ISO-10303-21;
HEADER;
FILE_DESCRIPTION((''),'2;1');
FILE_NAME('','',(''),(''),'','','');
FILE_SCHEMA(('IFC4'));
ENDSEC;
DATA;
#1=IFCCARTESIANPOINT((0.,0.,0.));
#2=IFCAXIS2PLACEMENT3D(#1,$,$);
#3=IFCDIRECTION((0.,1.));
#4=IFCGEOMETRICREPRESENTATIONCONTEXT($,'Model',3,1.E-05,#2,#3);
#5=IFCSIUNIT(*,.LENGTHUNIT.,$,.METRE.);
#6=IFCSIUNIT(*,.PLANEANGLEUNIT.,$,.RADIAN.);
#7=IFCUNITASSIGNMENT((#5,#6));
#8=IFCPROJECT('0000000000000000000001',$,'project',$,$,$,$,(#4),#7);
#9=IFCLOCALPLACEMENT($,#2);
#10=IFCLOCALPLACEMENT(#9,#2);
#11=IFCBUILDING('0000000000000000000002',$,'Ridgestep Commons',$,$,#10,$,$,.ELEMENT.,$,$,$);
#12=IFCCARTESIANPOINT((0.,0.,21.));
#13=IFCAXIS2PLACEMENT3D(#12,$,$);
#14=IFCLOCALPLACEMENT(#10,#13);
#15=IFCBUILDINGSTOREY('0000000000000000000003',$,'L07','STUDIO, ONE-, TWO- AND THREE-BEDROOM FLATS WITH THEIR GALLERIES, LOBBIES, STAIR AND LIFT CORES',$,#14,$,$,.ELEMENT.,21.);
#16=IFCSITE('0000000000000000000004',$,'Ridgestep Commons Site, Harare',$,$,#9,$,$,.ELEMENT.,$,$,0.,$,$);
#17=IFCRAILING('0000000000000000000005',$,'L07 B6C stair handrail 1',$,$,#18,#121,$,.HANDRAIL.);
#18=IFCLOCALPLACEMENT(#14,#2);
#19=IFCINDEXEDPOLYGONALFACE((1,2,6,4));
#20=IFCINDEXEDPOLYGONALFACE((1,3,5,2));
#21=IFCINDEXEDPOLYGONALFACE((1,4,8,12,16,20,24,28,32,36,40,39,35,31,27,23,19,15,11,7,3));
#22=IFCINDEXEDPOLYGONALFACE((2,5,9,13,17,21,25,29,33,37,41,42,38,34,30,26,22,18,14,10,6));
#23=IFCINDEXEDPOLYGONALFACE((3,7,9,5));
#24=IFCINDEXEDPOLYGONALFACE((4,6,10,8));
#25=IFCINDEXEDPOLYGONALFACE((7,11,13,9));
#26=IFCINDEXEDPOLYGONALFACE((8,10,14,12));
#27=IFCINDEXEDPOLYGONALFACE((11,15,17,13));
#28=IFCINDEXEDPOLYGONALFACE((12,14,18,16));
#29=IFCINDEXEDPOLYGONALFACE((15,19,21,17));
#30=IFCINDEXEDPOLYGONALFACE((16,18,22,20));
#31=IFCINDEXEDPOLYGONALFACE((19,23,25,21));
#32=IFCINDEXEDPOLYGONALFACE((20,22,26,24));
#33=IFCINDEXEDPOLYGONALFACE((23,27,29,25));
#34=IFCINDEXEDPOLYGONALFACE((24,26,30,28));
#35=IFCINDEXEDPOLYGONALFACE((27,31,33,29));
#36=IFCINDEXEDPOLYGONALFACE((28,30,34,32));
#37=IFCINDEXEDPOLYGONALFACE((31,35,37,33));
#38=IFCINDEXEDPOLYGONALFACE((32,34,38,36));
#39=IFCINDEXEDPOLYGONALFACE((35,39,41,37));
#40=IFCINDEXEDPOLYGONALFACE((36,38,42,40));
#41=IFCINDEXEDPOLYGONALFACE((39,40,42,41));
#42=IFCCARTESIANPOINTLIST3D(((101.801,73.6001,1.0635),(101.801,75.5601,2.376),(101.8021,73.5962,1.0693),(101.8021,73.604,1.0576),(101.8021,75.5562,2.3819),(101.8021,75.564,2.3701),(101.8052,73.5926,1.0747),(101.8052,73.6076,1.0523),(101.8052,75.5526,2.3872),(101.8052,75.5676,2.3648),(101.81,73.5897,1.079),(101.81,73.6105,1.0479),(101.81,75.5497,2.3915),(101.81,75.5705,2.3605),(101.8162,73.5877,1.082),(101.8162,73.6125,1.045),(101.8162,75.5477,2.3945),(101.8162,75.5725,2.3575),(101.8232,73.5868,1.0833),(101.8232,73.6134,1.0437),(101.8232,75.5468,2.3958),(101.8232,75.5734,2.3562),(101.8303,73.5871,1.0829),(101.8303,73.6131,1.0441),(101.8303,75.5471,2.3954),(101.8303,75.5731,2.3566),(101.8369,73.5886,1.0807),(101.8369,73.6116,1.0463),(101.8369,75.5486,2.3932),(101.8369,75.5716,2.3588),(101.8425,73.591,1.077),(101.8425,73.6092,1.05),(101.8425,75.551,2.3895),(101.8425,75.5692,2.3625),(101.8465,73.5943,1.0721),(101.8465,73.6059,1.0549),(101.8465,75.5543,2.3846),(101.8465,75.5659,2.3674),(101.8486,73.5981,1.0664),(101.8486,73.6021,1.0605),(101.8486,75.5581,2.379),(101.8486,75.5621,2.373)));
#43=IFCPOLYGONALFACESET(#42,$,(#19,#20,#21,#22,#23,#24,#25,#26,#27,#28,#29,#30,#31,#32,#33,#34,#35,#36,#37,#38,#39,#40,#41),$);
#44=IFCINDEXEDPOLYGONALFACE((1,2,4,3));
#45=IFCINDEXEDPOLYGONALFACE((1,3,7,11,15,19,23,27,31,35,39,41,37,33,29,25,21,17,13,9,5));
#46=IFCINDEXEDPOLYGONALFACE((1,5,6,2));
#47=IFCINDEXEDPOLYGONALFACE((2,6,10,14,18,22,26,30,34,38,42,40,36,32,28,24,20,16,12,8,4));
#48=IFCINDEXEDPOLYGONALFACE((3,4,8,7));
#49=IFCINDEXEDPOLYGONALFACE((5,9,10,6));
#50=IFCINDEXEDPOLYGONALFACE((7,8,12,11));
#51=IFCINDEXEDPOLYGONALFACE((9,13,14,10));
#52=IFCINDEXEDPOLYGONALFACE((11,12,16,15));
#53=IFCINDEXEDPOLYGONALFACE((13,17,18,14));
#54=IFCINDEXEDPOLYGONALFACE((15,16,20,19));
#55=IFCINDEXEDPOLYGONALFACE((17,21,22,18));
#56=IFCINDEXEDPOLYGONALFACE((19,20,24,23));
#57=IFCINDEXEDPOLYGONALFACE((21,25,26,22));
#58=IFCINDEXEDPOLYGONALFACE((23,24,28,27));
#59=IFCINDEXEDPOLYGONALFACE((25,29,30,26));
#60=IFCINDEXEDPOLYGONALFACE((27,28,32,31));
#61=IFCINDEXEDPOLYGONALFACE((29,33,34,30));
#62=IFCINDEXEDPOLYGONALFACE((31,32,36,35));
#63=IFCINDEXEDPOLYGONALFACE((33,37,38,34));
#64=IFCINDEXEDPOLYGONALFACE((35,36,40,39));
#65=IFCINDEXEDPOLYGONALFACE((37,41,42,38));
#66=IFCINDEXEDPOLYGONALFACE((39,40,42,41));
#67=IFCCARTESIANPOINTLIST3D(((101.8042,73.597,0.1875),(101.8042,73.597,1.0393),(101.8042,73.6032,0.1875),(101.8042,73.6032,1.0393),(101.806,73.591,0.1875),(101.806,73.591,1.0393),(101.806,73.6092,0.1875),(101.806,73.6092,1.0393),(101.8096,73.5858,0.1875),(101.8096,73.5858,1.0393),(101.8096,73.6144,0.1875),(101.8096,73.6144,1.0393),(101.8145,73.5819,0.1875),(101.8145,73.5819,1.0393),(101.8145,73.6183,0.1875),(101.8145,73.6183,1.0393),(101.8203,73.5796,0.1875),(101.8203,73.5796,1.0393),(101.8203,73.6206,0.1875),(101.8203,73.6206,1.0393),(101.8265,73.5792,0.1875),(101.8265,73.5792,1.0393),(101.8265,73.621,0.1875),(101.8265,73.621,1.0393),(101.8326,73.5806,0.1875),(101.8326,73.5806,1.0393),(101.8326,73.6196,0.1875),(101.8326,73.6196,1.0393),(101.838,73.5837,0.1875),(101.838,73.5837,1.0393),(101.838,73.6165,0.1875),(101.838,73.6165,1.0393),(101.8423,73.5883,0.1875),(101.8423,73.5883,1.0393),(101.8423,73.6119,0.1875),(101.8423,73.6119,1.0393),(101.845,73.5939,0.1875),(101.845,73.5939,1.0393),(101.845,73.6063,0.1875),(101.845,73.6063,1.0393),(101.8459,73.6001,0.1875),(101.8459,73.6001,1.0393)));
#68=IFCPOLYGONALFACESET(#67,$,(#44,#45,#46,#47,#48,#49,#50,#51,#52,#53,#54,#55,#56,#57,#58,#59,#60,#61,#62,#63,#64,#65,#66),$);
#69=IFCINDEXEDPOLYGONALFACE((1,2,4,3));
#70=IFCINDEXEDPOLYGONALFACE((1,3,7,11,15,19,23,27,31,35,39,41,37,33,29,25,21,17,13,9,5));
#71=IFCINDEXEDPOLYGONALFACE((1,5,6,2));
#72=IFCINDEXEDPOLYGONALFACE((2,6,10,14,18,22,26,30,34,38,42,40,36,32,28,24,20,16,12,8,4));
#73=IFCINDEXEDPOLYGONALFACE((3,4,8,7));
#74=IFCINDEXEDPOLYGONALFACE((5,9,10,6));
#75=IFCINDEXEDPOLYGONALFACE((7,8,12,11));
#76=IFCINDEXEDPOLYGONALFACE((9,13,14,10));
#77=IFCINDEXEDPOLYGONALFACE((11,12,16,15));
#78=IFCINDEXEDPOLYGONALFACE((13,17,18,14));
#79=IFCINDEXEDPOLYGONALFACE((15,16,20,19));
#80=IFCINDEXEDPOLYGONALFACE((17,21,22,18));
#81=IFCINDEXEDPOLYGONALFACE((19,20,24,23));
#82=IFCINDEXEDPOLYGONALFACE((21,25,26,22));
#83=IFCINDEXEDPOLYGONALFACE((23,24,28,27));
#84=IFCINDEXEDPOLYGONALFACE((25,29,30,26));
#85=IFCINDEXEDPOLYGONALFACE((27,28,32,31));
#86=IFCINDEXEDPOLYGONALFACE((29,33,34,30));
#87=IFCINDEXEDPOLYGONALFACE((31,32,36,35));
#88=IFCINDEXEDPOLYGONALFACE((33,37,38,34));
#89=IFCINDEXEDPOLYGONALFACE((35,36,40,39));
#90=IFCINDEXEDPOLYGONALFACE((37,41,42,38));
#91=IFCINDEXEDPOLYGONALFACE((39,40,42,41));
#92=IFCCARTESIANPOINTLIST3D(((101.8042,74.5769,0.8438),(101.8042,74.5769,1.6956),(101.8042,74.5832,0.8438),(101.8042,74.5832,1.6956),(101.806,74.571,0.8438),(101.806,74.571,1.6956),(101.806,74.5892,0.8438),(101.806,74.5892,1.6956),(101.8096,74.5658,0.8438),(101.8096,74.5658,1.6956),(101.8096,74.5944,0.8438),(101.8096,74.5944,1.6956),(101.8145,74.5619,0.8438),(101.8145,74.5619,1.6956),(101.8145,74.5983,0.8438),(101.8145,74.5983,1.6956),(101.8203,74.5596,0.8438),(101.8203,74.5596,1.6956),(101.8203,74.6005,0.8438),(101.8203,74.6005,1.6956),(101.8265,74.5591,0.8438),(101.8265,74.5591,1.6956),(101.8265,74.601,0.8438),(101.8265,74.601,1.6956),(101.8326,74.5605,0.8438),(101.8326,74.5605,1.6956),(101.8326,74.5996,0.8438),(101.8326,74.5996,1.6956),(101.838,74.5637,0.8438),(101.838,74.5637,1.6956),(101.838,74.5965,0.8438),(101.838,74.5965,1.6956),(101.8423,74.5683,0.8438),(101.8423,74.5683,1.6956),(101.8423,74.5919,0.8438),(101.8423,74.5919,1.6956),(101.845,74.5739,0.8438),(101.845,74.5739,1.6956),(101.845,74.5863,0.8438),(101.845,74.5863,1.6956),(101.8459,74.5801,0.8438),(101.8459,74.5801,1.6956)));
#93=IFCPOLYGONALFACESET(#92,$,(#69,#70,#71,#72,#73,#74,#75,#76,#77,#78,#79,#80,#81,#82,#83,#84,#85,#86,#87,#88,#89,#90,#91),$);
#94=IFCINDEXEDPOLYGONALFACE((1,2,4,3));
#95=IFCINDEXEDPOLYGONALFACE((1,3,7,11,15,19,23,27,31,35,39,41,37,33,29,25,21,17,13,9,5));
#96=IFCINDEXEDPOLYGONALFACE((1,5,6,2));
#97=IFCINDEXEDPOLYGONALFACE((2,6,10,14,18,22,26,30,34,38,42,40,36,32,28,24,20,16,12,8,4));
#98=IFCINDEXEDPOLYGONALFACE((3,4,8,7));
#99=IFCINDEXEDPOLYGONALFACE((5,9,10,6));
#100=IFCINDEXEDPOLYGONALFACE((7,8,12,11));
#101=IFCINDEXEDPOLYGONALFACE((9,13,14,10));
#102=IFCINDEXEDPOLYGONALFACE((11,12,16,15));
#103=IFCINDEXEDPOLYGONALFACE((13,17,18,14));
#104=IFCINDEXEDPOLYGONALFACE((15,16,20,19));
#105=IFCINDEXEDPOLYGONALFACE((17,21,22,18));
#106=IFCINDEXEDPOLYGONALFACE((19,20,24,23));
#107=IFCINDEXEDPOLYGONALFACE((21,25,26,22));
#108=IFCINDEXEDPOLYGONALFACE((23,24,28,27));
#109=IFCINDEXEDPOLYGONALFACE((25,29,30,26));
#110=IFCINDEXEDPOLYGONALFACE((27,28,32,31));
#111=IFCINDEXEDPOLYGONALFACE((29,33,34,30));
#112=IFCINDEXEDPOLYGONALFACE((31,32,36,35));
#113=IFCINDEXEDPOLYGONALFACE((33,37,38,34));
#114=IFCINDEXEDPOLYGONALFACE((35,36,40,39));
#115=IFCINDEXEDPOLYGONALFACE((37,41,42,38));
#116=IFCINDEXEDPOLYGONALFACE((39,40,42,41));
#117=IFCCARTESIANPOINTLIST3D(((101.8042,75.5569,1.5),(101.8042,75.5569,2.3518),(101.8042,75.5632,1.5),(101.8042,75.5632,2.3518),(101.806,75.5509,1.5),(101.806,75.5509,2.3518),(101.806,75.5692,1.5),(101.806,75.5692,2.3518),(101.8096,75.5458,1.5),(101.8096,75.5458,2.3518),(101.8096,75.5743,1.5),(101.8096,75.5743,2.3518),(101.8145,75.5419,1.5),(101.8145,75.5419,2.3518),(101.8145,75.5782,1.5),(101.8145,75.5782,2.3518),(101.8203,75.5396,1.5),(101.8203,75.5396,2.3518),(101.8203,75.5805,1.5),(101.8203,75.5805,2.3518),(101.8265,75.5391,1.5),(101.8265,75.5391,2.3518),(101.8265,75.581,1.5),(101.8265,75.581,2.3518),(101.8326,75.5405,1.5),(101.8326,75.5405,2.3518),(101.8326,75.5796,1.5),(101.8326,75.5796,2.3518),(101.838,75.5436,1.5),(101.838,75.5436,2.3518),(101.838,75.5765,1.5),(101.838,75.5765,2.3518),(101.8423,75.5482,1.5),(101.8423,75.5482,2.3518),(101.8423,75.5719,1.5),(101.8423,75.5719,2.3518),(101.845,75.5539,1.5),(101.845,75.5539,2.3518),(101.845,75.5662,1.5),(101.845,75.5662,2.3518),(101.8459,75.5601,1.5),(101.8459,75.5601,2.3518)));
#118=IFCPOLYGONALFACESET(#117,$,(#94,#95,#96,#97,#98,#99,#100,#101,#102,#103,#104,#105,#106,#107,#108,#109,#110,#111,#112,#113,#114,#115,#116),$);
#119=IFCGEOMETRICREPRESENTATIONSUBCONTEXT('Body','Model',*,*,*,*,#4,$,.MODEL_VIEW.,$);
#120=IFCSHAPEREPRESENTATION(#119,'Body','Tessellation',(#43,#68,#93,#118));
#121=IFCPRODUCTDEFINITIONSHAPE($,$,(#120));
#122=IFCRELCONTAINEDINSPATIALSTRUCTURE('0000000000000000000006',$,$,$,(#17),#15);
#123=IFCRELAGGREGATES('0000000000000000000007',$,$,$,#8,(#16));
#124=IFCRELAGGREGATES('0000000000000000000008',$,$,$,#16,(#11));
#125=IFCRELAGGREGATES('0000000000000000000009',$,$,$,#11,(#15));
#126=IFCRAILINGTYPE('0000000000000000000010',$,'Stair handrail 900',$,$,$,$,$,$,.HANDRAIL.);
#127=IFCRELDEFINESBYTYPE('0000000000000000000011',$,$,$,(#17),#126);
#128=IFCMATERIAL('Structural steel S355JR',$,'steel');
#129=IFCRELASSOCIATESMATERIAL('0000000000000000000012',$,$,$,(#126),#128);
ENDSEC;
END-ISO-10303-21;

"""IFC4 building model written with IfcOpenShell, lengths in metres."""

from ifc_helpers import new_model, si_unit, direction, frame, origin, origin_2d, place, context, subcontext, project, spatial, circle, extrude, material, type_object, element, save


model = new_model("IFC4")

# Units and contexts
model_context = context("Model", 3, precision=1e-05, world=origin(), true_north=direction((0.0, 1.0)))
body_context = subcontext(model_context, "Body", "Model", "MODEL_VIEW")
ifc_project = project(units=[si_unit("LENGTHUNIT", "METRE"), si_unit("PLANEANGLEUNIT", "RADIAN")], contexts=[model_context])

# Site, building, storey
site_placement = place(None, origin())
site = spatial("IfcSite", under=ifc_project, at=site_placement, Name="Ridgestep Commons Site, Harare", CompositionType="ELEMENT", RefElevation=0.0)
building_placement = place(site_placement, origin())
building = spatial("IfcBuilding", under=site, at=building_placement, Name="Ridgestep Commons", CompositionType="ELEMENT")
storey_placement = place(building_placement, frame((0.0, 0.0, 21.0)))
storey = spatial("IfcBuildingStorey", under=building, at=storey_placement, Name="L07", Description="STUDIO, ONE-, TWO- AND THREE-BEDROOM FLATS WITH THEIR GALLERIES, LOBBIES, STAIR AND LIFT CORES", CompositionType="ELEMENT", Elevation=21.0)

# Railing
ifc_material_1 = material(Name="Structural steel S355JR", Category="steel")
railing_type_1 = type_object("IfcRailingType", Name="Stair handrail 900", PredefinedType="HANDRAIL", material=ifc_material_1)
railing_1_placement = place(storey_placement, frame((101.825, 73.6001, 0.1875)))
element("IfcRailing", 1, at=railing_1_placement, inside=storey, type_object=railing_type_1, Name="L07 B6C stair handrail 1", PredefinedType="HANDRAIL", context=body_context, shape_type="SweptSolid", body=[
    extrude(circle(Radius=0.0239, at=origin_2d()), frame((0.0, 0.0, 0.876), z_axis=(0.0, 0.830902, 0.556419), x_axis=(-1.0, 0.0, 0.0)), (0.0, 0.0, 1.0), 2.3589),
    extrude(circle(Radius=0.021, at=origin_2d()), origin(), (0.0, 0.0, 1.0), 0.8518),
    extrude(circle(Radius=0.021, at=origin_2d()), frame((0.0, 0.98, 0.6562)), (0.0, 0.0, 1.0), 0.8518),
    extrude(circle(Radius=0.021, at=origin_2d()), frame((0.0, 1.96, 1.3125)), (0.0, 0.0, 1.0), 0.8518),
])

save(model, "model.ifc")
